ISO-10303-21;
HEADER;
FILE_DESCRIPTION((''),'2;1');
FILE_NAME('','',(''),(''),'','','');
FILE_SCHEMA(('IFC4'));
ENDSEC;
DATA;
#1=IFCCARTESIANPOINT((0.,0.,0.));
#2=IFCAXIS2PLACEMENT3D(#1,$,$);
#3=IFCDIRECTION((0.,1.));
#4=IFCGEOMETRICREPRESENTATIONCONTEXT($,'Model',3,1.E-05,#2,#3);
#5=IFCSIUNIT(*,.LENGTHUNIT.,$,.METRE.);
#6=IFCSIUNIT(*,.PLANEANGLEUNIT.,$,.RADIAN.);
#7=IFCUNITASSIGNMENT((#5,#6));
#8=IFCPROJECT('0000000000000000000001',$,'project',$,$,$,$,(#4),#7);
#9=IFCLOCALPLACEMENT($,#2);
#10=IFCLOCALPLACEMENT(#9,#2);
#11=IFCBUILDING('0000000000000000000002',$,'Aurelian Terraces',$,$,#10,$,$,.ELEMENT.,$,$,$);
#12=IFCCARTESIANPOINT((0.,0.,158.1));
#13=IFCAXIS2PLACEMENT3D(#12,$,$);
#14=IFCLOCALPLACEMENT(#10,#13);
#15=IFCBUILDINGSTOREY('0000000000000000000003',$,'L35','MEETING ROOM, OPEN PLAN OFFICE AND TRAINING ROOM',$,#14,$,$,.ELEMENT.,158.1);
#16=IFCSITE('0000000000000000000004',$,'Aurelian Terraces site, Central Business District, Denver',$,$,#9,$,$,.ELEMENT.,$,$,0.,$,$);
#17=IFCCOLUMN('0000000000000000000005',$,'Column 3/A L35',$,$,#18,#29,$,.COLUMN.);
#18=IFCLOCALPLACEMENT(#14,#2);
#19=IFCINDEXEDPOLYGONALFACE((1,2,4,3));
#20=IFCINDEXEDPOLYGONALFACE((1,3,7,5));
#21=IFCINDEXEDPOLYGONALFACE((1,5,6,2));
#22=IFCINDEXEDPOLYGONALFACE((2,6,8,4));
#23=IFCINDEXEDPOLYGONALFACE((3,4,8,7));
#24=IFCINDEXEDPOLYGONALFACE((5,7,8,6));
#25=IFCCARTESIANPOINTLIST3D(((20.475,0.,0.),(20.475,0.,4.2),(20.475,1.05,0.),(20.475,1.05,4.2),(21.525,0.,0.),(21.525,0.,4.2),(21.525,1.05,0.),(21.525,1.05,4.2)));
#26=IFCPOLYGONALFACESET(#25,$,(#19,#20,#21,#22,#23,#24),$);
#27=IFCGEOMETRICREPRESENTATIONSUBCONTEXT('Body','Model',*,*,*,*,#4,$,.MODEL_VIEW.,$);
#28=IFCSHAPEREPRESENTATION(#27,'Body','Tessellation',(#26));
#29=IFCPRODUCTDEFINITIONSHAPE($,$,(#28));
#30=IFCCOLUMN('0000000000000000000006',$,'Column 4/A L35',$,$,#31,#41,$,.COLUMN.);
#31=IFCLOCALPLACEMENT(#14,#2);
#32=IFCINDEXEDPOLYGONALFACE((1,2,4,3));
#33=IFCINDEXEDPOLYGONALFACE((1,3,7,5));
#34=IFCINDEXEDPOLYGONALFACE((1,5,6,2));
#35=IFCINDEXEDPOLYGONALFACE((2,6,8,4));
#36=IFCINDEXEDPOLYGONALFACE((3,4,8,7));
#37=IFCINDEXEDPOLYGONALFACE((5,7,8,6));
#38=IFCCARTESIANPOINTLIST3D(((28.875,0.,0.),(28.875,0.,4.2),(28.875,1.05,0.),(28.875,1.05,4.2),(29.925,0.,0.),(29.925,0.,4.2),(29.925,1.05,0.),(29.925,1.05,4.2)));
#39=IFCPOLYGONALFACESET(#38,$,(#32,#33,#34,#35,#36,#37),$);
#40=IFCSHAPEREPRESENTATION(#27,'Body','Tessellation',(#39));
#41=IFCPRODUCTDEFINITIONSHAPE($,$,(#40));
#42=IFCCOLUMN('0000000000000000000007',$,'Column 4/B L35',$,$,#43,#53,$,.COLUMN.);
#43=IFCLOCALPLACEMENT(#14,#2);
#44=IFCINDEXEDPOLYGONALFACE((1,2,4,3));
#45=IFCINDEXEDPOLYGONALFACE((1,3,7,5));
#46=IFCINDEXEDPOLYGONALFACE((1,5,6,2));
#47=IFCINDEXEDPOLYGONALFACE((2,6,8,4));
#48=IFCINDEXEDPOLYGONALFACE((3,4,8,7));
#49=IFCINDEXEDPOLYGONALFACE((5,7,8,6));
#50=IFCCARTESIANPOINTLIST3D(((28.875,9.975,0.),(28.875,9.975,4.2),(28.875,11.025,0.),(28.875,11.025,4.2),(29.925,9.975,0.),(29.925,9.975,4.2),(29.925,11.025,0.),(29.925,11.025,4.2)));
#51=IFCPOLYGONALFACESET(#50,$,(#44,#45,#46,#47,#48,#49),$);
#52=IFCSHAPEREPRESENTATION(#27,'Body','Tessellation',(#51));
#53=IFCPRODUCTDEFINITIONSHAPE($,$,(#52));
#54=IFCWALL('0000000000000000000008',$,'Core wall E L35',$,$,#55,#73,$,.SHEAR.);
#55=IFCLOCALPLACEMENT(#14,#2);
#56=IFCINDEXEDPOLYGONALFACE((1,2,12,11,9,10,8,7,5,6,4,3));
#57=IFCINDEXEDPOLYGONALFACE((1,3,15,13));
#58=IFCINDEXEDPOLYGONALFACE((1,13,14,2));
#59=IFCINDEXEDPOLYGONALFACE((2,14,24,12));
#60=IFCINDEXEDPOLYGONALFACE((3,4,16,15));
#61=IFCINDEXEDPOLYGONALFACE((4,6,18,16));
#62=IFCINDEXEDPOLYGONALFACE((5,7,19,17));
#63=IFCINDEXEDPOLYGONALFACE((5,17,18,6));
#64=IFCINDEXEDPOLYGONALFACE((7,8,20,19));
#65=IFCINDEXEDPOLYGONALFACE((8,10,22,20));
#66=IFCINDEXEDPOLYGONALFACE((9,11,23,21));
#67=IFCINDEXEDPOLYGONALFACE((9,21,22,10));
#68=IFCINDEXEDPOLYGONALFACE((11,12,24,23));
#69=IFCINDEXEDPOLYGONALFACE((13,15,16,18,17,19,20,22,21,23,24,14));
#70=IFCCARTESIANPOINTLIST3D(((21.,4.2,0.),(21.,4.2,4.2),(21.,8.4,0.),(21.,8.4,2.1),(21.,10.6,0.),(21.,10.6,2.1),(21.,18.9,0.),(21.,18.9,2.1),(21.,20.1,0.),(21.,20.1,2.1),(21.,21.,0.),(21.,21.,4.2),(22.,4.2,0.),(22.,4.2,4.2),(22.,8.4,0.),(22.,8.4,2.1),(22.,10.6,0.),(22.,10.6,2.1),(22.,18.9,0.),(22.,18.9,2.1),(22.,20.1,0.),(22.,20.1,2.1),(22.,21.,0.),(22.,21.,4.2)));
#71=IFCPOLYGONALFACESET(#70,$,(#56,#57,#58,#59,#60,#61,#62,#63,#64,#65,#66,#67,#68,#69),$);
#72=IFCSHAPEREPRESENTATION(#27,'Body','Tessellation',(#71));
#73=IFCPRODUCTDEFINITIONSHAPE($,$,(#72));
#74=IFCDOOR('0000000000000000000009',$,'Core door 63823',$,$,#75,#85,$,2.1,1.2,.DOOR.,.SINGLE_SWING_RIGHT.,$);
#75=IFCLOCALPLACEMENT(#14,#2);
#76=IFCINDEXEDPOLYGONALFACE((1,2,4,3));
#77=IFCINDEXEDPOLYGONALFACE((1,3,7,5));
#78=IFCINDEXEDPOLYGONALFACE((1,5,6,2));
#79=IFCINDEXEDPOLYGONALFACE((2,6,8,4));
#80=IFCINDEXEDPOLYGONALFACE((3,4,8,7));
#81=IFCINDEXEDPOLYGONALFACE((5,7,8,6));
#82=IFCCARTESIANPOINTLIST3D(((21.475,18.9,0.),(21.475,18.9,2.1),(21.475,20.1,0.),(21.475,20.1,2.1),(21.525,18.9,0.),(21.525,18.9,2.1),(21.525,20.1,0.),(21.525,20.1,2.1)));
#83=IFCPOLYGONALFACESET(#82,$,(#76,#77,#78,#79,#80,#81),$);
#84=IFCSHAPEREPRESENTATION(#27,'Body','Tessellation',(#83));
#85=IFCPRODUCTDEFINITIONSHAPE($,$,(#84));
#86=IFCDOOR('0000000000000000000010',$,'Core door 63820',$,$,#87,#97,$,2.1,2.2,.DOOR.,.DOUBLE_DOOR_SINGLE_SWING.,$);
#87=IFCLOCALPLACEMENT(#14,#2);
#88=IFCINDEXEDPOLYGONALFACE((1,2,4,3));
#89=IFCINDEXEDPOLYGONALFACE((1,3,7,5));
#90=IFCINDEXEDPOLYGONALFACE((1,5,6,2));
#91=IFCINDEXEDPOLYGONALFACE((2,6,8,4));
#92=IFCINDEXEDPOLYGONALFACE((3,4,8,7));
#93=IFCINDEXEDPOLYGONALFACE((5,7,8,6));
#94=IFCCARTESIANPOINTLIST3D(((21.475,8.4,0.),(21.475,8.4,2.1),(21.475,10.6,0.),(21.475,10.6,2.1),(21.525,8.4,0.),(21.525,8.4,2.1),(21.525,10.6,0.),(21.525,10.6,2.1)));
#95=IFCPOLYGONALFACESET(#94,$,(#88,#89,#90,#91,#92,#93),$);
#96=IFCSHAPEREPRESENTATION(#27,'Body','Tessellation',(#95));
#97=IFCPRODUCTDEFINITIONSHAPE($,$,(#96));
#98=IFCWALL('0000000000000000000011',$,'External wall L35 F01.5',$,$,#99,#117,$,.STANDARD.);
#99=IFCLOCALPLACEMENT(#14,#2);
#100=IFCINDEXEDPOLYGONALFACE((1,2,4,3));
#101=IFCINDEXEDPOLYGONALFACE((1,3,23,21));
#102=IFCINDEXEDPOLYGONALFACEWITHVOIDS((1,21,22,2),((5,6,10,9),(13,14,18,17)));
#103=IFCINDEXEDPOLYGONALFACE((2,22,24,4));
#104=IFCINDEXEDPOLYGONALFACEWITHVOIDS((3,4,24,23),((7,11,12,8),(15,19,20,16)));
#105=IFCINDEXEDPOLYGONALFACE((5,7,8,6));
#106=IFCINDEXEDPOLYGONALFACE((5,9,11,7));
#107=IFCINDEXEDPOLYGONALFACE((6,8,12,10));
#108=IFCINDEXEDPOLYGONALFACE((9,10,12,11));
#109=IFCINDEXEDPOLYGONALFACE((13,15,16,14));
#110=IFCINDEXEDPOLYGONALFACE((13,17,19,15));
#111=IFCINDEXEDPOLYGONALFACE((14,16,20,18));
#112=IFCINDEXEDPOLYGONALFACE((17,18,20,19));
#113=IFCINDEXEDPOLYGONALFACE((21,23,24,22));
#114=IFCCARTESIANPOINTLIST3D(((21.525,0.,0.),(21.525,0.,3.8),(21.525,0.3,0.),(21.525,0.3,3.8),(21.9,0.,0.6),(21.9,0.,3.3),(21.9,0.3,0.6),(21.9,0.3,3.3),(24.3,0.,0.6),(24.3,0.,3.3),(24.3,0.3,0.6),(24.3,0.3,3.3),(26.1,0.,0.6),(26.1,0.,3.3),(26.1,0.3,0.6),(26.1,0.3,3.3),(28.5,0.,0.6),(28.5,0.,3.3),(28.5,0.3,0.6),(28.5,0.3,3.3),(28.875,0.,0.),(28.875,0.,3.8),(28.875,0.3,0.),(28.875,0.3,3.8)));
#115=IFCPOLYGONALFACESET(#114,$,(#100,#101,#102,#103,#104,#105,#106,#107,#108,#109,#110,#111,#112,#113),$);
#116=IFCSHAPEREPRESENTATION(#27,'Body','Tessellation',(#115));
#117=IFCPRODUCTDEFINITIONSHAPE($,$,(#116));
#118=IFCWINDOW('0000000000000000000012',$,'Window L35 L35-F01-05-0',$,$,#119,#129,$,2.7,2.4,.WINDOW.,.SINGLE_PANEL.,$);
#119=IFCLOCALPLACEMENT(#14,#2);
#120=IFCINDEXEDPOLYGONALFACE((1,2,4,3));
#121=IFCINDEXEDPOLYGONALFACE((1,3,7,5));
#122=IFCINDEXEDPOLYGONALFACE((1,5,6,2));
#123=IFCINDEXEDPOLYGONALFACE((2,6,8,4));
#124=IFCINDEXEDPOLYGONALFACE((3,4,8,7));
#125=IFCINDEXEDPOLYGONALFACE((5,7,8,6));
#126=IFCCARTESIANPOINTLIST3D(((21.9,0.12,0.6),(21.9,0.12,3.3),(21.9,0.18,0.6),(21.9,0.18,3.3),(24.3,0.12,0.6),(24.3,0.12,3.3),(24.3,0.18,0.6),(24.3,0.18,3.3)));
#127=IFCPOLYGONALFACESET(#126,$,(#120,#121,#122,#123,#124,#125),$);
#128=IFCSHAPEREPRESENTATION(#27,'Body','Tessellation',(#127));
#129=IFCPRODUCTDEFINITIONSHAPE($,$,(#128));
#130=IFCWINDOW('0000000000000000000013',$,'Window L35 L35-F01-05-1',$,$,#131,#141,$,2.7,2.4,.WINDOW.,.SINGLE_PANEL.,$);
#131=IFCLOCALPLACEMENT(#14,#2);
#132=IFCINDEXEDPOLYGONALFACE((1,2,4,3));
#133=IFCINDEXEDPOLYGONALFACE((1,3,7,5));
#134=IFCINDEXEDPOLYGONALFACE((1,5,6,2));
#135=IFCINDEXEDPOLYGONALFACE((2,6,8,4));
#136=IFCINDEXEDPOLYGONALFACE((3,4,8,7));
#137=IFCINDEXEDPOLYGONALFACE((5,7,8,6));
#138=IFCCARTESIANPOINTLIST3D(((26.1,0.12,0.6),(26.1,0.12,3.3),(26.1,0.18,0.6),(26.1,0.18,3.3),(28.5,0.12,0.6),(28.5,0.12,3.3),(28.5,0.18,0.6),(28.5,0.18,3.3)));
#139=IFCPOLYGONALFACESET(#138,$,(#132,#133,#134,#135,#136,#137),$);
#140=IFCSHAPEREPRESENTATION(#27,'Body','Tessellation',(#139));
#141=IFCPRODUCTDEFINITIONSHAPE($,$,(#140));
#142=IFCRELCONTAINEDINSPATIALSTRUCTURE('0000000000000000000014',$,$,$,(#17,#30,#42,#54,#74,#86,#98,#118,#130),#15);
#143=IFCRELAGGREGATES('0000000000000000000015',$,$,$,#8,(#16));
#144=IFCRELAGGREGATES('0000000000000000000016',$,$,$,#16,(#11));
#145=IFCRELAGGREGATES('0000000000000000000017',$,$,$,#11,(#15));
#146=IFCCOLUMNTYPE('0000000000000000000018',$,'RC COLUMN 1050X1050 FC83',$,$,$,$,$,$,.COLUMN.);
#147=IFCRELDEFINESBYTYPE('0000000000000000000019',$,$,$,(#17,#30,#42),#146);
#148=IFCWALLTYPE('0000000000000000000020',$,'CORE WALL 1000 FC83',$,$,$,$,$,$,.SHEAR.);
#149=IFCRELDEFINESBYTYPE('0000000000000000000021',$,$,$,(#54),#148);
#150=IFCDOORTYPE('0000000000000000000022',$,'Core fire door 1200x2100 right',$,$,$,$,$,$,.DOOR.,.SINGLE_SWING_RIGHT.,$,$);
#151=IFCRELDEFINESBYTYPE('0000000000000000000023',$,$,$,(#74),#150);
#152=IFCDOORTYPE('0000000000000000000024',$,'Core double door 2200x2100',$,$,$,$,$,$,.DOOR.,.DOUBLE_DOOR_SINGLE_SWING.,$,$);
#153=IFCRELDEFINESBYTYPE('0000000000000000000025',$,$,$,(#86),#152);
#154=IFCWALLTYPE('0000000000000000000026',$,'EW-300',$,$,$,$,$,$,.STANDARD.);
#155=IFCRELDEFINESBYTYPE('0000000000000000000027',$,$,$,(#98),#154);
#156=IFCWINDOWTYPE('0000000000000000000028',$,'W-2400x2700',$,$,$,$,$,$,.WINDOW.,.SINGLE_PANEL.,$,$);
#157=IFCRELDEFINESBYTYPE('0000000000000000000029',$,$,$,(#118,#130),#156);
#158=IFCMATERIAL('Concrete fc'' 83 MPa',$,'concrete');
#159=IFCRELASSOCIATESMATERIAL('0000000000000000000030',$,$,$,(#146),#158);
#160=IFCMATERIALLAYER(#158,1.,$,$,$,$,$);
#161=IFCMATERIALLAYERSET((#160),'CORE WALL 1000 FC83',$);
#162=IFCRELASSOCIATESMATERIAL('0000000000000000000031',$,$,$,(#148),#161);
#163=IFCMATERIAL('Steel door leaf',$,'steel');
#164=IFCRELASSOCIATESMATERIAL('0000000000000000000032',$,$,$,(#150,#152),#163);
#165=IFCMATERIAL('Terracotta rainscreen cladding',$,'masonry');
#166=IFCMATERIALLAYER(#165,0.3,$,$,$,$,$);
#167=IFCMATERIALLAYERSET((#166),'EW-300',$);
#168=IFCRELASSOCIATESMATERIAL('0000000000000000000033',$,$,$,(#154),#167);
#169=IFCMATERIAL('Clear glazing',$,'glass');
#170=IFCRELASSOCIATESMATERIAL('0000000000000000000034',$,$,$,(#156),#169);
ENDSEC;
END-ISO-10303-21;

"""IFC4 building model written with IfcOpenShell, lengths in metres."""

from ifc_helpers import new_model, si_unit, direction, frame, frame_2d, origin, origin_2d, place, context, subcontext, project, spatial, rectangle, extrude, source, transform, mapped, material, layer, layer_set, material_profile, profile_set, type_object, element, fill, save


model = new_model("IFC4")

# Units and contexts
model_context = context("Model", 3, precision=1e-05, world=origin(), true_north=direction((0.0, 1.0)))
body_context = subcontext(model_context, "Body", "Model", "MODEL_VIEW")
ifc_project = project(units=[si_unit("LENGTHUNIT", "METRE"), si_unit("PLANEANGLEUNIT", "RADIAN")], contexts=[model_context])

# Site, building, storey
site_placement = place(None, origin())
site = spatial("IfcSite", under=ifc_project, at=site_placement, Name="Aurelian Terraces site, Central Business District, Denver", CompositionType="ELEMENT", RefElevation=0.0)
building_placement = place(site_placement, origin())
building = spatial("IfcBuilding", under=site, at=building_placement, Name="Aurelian Terraces", CompositionType="ELEMENT")
storey_placement = place(building_placement, frame((0.0, 0.0, 158.1)))
storey = spatial("IfcBuildingStorey", under=building, at=storey_placement, Name="L35", Description="MEETING ROOM, OPEN PLAN OFFICE AND TRAINING ROOM", CompositionType="ELEMENT", Elevation=158.1)

# Columns
ifc_material_1 = material(Name="Concrete fc' 83 MPa", Category="concrete")
ifc_material_profile = material_profile(ifc_material_1, rectangle(XDim=1.05, YDim=1.05, at=origin_2d()))
ifc_profile_set = profile_set([ifc_material_profile], Name="Concrete fc' 83 MPa")
column_type = type_object("IfcColumnType", Name="RC COLUMN 1050X1050 FC83", PredefinedType="COLUMN", material=ifc_profile_set)
shared_shape_1 = source(origin(), body_context, "Body", "SweptSolid", [
    extrude(rectangle(XDim=1.05, YDim=1.05, at=origin_2d()), origin(), (0.0, 0.0, 1.0), 4.2),
])
for number, where, z_axis, x_axis, name in (
    (1, (21.0, 0.525, 0.0), (0.0, 0.0, 1.0), (1.0, 0.0, 0.0), "Column 3/A L35"),
    (2, (29.4, 0.525, 0.0), (0.0, 0.0, 1.0), (1.0, 0.0, 0.0), "Column 4/A L35"),
    (3, (29.4, 10.5, 0.0), (0.0, 0.0, 1.0), (1.0, 0.0, 0.0), "Column 4/B L35"),
):
    element("IfcColumn", number, at=place(storey_placement, frame(where, z_axis=z_axis, x_axis=x_axis)), inside=storey, type_object=column_type, Name=name, PredefinedType="COLUMN", context=body_context, shape_type="MappedRepresentation", body=[
        mapped(shared_shape_1, transform((0.0, 0.0, 0.0), scale=1.0)),
    ])

# Wall, openings, doors
ifc_layer_1 = layer(ifc_material_1, 1.0)
ifc_layer_set_1 = layer_set([ifc_layer_1], Name="CORE WALL 1000 FC83")
wall_type_1 = type_object("IfcWallType", Name="CORE WALL 1000 FC83", PredefinedType="SHEAR", material=ifc_layer_set_1)
shared_shape_2 = source(origin(), body_context, "Body", "SweptSolid", [
    extrude(rectangle(XDim=16.8, YDim=1.0, at=frame_2d((8.4, 0.0))), origin(), (0.0, 0.0, 1.0), 4.2),
])
wall_1_placement = place(storey_placement, frame((21.5, 4.2, 0.0), z_axis=(0.0, 0.0, 1.0), x_axis=(0.0, 1.0, 0.0)))
wall_1 = element("IfcWall", 4, at=wall_1_placement, inside=storey, type_object=wall_type_1, Name="Core wall E L35", PredefinedType="SHEAR", context=body_context, shape_type="MappedRepresentation", body=[
    mapped(shared_shape_2, transform((0.0, 0.0, 0.0), scale=1.0)),
])
shared_shape_3 = source(origin(), body_context, "Body", "SweptSolid", [
    extrude(rectangle(XDim=2.2, YDim=2.1, at=frame_2d((1.1, 1.05))), frame((0.0, 0.51, 0.0), z_axis=(0.0, -1.0, 0.0), x_axis=(1.0, 0.0, 0.0)), (0.0, 0.0, 1.0), 1.02),
])
opening_1_placement = place(wall_1_placement, frame((4.2, 0.0, 0.0)))
opening_1 = element("IfcOpeningElement", 5, at=opening_1_placement, cuts=wall_1, PredefinedType="OPENING", context=body_context, shape_type="MappedRepresentation", body=[
    mapped(shared_shape_3, transform((0.0, 0.0, 0.0), scale=1.0)),
])
shared_shape_4 = source(origin(), body_context, "Body", "SweptSolid", [
    extrude(rectangle(XDim=1.2, YDim=2.1, at=frame_2d((0.6, 1.05))), frame((0.0, 0.51, 0.0), z_axis=(0.0, -1.0, 0.0), x_axis=(1.0, 0.0, 0.0)), (0.0, 0.0, 1.0), 1.02),
])
opening_2_placement = place(wall_1_placement, frame((14.7, 0.0, 0.0)))
opening_2 = element("IfcOpeningElement", 6, at=opening_2_placement, cuts=wall_1, PredefinedType="OPENING", context=body_context, shape_type="MappedRepresentation", body=[
    mapped(shared_shape_4, transform((0.0, 0.0, 0.0), scale=1.0)),
])
ifc_material_2 = material(Name="Steel door leaf", Category="steel")
door_type_1 = type_object("IfcDoorType", Name="Core fire door 1200x2100 right", OperationType="SINGLE_SWING_RIGHT", PredefinedType="DOOR", material=ifc_material_2)
shared_shape_5 = source(origin(), body_context, "Body", "SweptSolid", [
    extrude(rectangle(XDim=1.2, YDim=2.1, at=frame_2d((0.6, 1.05))), frame((0.0, 0.025, 0.0), z_axis=(0.0, -1.0, 0.0), x_axis=(1.0, 0.0, 0.0)), (0.0, 0.0, 1.0), 0.05),
])
door_1_placement = place(opening_2_placement, origin())
door_1 = element("IfcDoor", 7, at=door_1_placement, inside=storey, type_object=door_type_1, Name="Core door 63823", OperationType="SINGLE_SWING_RIGHT", OverallHeight=2.1, OverallWidth=1.2, PredefinedType="DOOR", context=body_context, shape_type="MappedRepresentation", body=[
    mapped(shared_shape_5, transform((0.0, 0.0, 0.0), scale=1.0)),
])
fill(opening_2, door_1)
door_type_2 = type_object("IfcDoorType", Name="Core double door 2200x2100", OperationType="DOUBLE_DOOR_SINGLE_SWING", PredefinedType="DOOR", material=ifc_material_2)
shared_shape_6 = source(origin(), body_context, "Body", "SweptSolid", [
    extrude(rectangle(XDim=2.2, YDim=2.1, at=frame_2d((1.1, 1.05))), frame((0.0, 0.025, 0.0), z_axis=(0.0, -1.0, 0.0), x_axis=(1.0, 0.0, 0.0)), (0.0, 0.0, 1.0), 0.05),
])
door_2_placement = place(opening_1_placement, origin())
door_2 = element("IfcDoor", 8, at=door_2_placement, inside=storey, type_object=door_type_2, Name="Core door 63820", OperationType="DOUBLE_DOOR_SINGLE_SWING", OverallHeight=2.1, OverallWidth=2.2, PredefinedType="DOOR", context=body_context, shape_type="MappedRepresentation", body=[
    mapped(shared_shape_6, transform((0.0, 0.0, 0.0), scale=1.0)),
])
fill(opening_1, door_2)

# Wall, openings, windows
ifc_material_3 = material(Name="Terracotta rainscreen cladding", Category="masonry")
ifc_layer_2 = layer(ifc_material_3, 0.3)
ifc_layer_set_2 = layer_set([ifc_layer_2], Name="EW-300")
wall_type_2 = type_object("IfcWallType", Name="EW-300", PredefinedType="STANDARD", material=ifc_layer_set_2)
shared_shape_7 = source(origin(), body_context, "Body", "SweptSolid", [
    extrude(rectangle(XDim=7.35, YDim=0.3, at=frame_2d((3.675, 0.0))), origin(), (0.0, 0.0, 1.0), 3.8),
])
wall_2_placement = place(storey_placement, frame((21.525, 0.15, 0.0), z_axis=(0.0, 0.0, 1.0), x_axis=(1.0, 0.0, 0.0)))
wall_2 = element("IfcWall", 9, at=wall_2_placement, inside=storey, type_object=wall_type_2, Name="External wall L35 F01.5", PredefinedType="STANDARD", context=body_context, shape_type="MappedRepresentation", body=[
    mapped(shared_shape_7, transform((0.0, 0.0, 0.0), scale=1.0)),
])
shared_shape_8 = source(origin(), body_context, "Body", "SweptSolid", [
    extrude(rectangle(XDim=2.4, YDim=2.7, at=frame_2d((1.2, 1.35))), frame((0.0, 0.16, 0.0), z_axis=(0.0, -1.0, 0.0), x_axis=(1.0, 0.0, 0.0)), (0.0, 0.0, 1.0), 0.32),
])
opening_3_placement = place(wall_2_placement, frame((0.375, 0.0, 0.6)))
opening_3 = element("IfcOpeningElement", 10, at=opening_3_placement, cuts=wall_2, PredefinedType="OPENING", context=body_context, shape_type="MappedRepresentation", body=[
    mapped(shared_shape_8, transform((0.0, 0.0, 0.0), scale=1.0)),
])
opening_4_placement = place(wall_2_placement, frame((4.575, 0.0, 0.6)))
opening_4 = element("IfcOpeningElement", 11, at=opening_4_placement, cuts=wall_2, PredefinedType="OPENING", context=body_context, shape_type="MappedRepresentation", body=[
    mapped(shared_shape_8, transform((0.0, 0.0, 0.0), scale=1.0)),
])
ifc_material_4 = material(Name="Clear glazing", Category="glass")
window_type = type_object("IfcWindowType", Name="W-2400x2700", PartitioningType="SINGLE_PANEL", PredefinedType="WINDOW", material=ifc_material_4)
shared_shape_9 = source(origin(), body_context, "Body", "SweptSolid", [
    extrude(rectangle(XDim=2.4, YDim=2.7, at=frame_2d((1.2, 1.35))), frame((0.0, 0.03, 0.0), z_axis=(0.0, -1.0, 0.0), x_axis=(1.0, 0.0, 0.0)), (0.0, 0.0, 1.0), 0.06),
])
window_1_placement = place(opening_3_placement, origin())
window_1 = element("IfcWindow", 12, at=window_1_placement, inside=storey, type_object=window_type, Name="Window L35 L35-F01-05-0", OverallHeight=2.7, OverallWidth=2.4, PartitioningType="SINGLE_PANEL", PredefinedType="WINDOW", context=body_context, shape_type="MappedRepresentation", body=[
    mapped(shared_shape_9, transform((0.0, 0.0, 0.0), scale=1.0)),
])
fill(opening_3, window_1)
window_2_placement = place(opening_4_placement, origin())
window_2 = element("IfcWindow", 13, at=window_2_placement, inside=storey, type_object=window_type, Name="Window L35 L35-F01-05-1", OverallHeight=2.7, OverallWidth=2.4, PartitioningType="SINGLE_PANEL", PredefinedType="WINDOW", context=body_context, shape_type="MappedRepresentation", body=[
    mapped(shared_shape_9, transform((0.0, 0.0, 0.0), scale=1.0)),
])
fill(opening_4, window_2)

save(model, "model.ifc")
